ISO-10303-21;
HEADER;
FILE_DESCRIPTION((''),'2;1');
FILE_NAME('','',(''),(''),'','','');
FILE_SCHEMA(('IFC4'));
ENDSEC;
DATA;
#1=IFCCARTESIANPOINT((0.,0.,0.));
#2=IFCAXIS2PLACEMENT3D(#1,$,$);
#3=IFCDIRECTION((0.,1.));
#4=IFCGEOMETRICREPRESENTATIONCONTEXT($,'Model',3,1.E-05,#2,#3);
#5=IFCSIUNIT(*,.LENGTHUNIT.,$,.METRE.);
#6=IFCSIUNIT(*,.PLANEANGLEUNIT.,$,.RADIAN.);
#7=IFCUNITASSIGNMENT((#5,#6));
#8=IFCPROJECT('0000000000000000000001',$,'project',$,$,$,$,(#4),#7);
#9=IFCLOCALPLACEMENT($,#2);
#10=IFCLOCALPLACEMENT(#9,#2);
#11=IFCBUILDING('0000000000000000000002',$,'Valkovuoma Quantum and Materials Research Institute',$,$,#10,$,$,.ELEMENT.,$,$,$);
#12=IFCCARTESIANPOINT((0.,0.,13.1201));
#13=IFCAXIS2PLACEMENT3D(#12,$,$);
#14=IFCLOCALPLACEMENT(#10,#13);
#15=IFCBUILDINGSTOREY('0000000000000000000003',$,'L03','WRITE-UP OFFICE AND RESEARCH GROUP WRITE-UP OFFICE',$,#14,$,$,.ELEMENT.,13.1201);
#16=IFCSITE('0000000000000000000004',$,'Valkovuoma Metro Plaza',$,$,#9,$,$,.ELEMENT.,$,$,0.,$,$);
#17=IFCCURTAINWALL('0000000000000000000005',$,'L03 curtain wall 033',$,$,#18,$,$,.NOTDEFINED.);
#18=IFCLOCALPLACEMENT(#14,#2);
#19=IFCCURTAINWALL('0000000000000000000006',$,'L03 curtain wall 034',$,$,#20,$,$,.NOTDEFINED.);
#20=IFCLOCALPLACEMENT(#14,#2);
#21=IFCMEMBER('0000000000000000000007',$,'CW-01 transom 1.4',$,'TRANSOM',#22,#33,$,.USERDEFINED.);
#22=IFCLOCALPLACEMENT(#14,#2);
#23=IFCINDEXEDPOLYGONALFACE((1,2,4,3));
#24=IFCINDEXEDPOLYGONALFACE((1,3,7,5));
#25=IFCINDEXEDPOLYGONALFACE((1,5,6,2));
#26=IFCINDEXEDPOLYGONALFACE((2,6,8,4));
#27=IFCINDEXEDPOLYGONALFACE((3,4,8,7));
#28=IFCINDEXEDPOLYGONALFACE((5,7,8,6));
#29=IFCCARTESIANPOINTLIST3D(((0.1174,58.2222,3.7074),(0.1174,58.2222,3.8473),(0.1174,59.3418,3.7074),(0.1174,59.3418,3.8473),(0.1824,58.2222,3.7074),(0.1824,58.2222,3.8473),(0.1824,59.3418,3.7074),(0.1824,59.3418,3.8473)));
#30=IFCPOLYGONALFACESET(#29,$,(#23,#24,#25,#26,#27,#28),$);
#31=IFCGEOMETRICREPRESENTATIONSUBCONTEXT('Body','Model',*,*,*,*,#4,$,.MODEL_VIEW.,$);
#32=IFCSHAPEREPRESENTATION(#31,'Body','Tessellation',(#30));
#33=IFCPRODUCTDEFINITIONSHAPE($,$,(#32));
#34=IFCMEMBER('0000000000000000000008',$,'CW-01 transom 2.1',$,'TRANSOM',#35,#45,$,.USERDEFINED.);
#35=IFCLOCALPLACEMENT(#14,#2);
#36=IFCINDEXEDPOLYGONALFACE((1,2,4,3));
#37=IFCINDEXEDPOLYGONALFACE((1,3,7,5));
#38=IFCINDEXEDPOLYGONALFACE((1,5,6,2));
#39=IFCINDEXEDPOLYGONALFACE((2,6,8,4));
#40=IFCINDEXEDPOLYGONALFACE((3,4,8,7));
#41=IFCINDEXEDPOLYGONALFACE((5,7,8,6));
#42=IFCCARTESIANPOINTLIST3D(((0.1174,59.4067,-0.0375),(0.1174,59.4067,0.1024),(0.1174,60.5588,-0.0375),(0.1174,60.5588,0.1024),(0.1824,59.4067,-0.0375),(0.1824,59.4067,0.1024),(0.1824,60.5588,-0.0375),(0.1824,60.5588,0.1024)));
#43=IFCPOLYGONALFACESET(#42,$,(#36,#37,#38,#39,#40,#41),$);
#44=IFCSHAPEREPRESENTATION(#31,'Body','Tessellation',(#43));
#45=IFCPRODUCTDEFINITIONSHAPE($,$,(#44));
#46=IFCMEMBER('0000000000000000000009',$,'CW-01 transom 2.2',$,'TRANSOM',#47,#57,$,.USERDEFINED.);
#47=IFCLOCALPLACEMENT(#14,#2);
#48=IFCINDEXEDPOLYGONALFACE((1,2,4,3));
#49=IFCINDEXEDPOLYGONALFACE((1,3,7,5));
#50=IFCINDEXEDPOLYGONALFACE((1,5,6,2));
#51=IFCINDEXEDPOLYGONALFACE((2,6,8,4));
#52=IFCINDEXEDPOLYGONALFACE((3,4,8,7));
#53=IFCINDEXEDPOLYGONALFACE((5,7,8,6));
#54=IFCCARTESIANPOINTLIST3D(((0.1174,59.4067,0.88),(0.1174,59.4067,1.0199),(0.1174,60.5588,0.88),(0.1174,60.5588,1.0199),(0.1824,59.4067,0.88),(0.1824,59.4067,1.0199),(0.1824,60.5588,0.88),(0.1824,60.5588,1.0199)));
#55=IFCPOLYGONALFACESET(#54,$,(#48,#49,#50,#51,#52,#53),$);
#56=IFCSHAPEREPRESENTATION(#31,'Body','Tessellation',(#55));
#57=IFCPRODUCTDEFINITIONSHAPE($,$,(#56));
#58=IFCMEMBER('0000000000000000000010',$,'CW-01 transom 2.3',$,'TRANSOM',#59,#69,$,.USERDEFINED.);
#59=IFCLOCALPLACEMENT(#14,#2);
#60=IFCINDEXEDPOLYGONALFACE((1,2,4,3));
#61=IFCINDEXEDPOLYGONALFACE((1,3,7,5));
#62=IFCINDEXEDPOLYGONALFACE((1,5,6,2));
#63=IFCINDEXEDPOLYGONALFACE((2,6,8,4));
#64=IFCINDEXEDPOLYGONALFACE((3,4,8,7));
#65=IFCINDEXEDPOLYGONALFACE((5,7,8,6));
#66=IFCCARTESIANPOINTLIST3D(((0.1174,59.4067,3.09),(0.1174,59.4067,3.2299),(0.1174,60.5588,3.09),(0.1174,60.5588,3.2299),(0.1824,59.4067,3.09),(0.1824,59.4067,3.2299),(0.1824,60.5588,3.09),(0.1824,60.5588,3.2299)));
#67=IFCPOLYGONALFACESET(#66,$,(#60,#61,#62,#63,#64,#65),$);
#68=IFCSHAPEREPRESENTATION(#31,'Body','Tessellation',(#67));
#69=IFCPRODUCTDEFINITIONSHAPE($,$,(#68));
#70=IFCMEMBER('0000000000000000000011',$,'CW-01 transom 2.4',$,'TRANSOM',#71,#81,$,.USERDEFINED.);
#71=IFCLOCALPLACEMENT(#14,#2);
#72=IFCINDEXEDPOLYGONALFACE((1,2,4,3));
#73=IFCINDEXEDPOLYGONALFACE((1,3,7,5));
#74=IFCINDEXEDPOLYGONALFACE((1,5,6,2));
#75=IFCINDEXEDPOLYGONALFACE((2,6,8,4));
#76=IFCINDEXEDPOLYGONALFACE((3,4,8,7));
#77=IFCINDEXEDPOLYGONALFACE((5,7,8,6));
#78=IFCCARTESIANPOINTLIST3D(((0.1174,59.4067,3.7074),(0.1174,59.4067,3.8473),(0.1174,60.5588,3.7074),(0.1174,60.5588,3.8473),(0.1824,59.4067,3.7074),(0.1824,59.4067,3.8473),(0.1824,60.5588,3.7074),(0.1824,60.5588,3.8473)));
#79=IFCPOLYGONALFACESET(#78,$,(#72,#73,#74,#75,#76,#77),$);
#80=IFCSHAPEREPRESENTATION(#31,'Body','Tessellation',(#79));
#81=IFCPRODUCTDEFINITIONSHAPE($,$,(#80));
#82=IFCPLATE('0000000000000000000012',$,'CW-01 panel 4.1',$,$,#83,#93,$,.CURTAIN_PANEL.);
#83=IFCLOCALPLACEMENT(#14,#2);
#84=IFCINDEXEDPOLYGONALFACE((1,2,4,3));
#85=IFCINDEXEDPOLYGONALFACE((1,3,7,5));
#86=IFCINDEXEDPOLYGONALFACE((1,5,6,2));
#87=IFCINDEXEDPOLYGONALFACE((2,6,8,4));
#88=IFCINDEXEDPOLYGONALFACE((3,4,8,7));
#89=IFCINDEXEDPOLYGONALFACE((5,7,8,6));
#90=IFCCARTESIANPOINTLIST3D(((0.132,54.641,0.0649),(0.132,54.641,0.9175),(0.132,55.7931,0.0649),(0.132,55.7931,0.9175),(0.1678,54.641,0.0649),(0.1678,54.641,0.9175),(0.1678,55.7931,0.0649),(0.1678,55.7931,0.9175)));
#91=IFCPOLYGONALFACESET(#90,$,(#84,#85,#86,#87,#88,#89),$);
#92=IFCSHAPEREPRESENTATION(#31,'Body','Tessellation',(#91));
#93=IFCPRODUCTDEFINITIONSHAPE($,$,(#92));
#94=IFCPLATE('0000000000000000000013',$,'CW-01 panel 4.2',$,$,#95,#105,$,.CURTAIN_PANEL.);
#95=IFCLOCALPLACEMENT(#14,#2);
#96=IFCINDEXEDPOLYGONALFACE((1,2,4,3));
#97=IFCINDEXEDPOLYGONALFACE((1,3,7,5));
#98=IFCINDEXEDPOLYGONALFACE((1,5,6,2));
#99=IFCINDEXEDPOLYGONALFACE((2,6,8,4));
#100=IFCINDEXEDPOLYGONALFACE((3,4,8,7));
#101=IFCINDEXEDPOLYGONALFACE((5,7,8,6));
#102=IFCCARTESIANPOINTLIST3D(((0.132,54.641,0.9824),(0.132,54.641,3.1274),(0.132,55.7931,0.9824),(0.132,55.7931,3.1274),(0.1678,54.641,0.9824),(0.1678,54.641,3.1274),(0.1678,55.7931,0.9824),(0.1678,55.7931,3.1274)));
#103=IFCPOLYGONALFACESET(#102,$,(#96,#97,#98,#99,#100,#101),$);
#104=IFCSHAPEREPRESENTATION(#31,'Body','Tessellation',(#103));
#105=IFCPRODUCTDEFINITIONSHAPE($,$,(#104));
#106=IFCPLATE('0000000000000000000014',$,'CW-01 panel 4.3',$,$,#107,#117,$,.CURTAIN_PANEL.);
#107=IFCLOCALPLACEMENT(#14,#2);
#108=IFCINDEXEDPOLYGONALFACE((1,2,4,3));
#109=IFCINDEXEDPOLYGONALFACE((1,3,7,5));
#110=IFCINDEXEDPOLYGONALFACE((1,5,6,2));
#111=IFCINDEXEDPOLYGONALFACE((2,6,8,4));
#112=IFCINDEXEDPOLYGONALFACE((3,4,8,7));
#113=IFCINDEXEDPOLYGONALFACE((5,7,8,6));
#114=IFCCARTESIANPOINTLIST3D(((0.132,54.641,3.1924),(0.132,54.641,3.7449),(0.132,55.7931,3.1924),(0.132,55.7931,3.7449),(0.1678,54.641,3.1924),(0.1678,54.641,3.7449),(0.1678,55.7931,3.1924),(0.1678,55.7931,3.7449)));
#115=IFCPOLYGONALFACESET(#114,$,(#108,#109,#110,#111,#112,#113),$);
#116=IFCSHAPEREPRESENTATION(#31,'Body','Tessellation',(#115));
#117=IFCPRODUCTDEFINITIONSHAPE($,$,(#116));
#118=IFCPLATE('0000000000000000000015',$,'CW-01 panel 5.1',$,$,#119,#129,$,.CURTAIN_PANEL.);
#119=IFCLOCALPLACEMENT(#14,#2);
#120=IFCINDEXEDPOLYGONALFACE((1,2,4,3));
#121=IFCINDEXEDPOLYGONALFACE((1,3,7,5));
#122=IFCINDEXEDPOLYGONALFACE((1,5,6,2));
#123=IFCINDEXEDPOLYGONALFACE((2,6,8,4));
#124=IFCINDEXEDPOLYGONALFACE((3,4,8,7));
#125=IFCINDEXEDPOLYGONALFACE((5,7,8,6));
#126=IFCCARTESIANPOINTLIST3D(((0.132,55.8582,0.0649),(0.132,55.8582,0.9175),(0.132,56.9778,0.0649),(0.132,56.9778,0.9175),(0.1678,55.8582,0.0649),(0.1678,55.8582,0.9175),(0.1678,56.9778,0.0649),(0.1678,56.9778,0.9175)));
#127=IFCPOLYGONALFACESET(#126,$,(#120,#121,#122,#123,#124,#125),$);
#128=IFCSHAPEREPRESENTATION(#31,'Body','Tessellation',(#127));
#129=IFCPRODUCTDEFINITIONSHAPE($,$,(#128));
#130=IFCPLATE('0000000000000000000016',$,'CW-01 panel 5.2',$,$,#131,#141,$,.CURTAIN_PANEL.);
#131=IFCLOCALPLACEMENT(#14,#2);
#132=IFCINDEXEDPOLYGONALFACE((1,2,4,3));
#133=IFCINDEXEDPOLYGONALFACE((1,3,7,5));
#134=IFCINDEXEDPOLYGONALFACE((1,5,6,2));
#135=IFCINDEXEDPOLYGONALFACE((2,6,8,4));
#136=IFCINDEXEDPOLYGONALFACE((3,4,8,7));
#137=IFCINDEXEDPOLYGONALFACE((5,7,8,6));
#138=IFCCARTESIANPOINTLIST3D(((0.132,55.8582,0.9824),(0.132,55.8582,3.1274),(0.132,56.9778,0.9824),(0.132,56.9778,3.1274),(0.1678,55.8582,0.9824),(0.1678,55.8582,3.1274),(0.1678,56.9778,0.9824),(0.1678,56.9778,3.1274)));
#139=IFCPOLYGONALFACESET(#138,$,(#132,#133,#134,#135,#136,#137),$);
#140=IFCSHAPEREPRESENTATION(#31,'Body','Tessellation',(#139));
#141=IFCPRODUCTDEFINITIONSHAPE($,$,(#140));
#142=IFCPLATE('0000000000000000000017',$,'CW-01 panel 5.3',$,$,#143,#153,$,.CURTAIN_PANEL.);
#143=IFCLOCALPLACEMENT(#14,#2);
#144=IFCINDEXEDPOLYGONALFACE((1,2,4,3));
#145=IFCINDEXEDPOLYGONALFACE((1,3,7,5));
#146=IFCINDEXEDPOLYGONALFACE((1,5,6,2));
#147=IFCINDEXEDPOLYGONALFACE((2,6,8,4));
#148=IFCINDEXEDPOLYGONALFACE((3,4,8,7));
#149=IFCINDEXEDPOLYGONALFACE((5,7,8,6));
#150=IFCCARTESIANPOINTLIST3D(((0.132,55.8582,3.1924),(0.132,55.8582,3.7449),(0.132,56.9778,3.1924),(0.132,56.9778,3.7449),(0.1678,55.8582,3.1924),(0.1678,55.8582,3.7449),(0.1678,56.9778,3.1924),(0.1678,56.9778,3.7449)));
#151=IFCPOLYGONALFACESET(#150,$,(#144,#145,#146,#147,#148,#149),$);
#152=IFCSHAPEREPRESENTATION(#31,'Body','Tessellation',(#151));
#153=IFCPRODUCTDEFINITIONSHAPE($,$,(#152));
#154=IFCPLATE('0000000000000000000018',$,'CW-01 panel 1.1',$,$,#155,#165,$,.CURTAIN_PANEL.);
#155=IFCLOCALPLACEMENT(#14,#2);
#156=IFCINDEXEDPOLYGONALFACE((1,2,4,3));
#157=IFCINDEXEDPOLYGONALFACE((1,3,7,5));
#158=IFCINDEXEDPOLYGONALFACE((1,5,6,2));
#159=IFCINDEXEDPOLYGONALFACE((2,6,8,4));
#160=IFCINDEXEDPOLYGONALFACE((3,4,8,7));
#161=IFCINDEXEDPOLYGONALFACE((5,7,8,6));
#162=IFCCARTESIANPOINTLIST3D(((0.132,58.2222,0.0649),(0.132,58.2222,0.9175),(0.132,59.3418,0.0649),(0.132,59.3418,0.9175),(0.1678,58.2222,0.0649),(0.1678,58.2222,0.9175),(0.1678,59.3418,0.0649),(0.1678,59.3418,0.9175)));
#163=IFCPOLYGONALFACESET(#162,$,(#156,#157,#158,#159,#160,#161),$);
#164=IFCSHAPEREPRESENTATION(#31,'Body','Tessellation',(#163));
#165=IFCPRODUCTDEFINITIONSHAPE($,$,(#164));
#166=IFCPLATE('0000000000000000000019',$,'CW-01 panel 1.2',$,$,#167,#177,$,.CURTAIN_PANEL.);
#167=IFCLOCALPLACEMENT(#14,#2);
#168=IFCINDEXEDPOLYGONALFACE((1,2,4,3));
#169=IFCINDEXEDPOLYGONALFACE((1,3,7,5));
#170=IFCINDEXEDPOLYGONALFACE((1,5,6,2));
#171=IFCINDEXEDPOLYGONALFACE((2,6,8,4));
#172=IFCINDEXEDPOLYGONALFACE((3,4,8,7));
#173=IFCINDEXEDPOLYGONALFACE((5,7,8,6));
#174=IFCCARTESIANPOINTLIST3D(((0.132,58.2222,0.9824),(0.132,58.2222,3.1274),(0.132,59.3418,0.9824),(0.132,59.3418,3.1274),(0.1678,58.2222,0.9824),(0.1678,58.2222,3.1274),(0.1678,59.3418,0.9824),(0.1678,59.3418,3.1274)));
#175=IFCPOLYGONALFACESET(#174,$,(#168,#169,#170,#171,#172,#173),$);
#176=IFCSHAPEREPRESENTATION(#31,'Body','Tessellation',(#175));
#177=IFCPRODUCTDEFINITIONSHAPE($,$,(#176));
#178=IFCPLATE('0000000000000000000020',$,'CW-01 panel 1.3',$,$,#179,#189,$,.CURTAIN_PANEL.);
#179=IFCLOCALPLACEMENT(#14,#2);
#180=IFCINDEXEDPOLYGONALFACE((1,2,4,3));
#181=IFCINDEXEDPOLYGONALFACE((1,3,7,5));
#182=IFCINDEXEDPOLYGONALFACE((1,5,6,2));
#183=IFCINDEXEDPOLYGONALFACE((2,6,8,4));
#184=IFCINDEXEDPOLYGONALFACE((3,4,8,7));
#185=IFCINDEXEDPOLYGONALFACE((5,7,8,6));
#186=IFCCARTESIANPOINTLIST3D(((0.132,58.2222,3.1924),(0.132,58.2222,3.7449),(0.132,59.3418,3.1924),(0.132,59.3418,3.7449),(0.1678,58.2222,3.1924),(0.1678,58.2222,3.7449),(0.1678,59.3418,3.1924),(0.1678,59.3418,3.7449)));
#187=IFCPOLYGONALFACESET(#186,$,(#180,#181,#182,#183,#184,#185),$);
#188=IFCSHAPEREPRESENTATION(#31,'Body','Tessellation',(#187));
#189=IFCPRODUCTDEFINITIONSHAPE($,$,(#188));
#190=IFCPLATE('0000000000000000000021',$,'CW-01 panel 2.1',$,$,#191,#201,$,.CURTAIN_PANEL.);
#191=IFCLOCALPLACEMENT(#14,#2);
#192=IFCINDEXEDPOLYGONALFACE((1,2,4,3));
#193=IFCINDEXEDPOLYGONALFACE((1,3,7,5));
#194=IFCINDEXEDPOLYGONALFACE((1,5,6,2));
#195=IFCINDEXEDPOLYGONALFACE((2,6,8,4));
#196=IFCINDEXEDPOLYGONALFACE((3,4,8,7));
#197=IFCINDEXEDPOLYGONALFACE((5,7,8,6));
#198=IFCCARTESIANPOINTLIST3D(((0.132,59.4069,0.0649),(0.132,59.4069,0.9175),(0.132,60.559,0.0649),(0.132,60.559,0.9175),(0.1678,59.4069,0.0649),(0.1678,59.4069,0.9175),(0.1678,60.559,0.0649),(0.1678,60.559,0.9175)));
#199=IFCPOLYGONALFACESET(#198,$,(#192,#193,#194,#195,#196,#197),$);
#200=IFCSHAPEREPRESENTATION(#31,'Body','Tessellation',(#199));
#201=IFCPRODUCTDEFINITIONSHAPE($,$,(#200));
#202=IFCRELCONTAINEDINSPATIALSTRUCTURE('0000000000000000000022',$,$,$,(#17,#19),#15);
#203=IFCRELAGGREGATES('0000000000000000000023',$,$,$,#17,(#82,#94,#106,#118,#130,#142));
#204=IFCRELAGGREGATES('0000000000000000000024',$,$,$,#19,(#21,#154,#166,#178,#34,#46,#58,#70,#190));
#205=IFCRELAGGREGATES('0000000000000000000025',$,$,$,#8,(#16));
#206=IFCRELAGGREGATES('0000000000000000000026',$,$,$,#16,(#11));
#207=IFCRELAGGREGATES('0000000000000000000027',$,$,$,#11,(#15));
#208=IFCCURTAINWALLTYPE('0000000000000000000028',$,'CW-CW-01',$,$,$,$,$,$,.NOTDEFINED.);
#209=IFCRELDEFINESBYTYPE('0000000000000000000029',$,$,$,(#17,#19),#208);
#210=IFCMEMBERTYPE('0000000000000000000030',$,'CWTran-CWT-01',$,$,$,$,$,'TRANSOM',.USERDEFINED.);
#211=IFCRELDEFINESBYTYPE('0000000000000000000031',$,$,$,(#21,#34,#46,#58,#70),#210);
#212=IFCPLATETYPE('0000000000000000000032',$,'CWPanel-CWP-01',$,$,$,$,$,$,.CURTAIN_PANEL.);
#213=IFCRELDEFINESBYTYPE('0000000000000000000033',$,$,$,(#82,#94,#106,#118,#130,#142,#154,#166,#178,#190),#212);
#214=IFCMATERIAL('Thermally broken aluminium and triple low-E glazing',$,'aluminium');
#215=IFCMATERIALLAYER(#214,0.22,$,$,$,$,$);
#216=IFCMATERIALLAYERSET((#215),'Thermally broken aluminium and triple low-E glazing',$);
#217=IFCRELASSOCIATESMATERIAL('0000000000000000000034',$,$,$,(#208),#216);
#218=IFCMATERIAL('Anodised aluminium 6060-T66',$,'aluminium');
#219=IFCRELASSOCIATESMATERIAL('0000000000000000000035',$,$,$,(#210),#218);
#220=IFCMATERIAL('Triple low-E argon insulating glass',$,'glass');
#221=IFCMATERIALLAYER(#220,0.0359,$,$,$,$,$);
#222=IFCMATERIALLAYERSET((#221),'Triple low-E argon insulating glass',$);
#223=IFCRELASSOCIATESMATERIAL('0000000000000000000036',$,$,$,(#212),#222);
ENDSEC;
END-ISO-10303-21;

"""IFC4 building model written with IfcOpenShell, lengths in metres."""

from ifc_helpers import new_model, si_unit, direction, frame, origin, origin_2d, place, context, subcontext, project, spatial, rectangle, extrude, material, layer, layer_set, material_profile, profile_set, type_object, element, aggregate, save


model = new_model("IFC4")

# Units and contexts
model_context = context("Model", 3, precision=1e-05, world=origin(), true_north=direction((0.0, 1.0)))
body_context = subcontext(model_context, "Body", "Model", "MODEL_VIEW")
ifc_project = project(units=[si_unit("LENGTHUNIT", "METRE"), si_unit("PLANEANGLEUNIT", "RADIAN")], contexts=[model_context])

# Site, building, storey
site_placement = place(None, origin())
site = spatial("IfcSite", under=ifc_project, at=site_placement, Name="Valkovuoma Metro Plaza", CompositionType="ELEMENT", RefElevation=0.0)
building_placement = place(site_placement, origin())
building = spatial("IfcBuilding", under=site, at=building_placement, Name="Valkovuoma Quantum and Materials Research Institute", CompositionType="ELEMENT")
storey_placement = place(building_placement, frame((0.0, 0.0, 13.1201)))
storey = spatial("IfcBuildingStorey", under=building, at=storey_placement, Name="L03", Description="WRITE-UP OFFICE AND RESEARCH GROUP WRITE-UP OFFICE", CompositionType="ELEMENT", Elevation=13.1201)

# Curtain walls
ifc_material_1 = material(Name="Thermally broken aluminium and triple low-E glazing", Category="aluminium")
ifc_layer_1 = layer(ifc_material_1, 0.22)
ifc_layer_set_1 = layer_set([ifc_layer_1], Name="Thermally broken aluminium and triple low-E glazing")
curtain_wall_type = type_object("IfcCurtainWallType", Name="CW-CW-01", PredefinedType="NOTDEFINED", material=ifc_layer_set_1)
curtain_wall_1_placement = place(storey_placement, origin())
curtain_wall_1 = element("IfcCurtainWall", 1, at=curtain_wall_1_placement, inside=storey, type_object=curtain_wall_type, Name="L03 curtain wall 033", PredefinedType="NOTDEFINED")
curtain_wall_2_placement = place(storey_placement, origin())
curtain_wall_2 = element("IfcCurtainWall", 2, at=curtain_wall_2_placement, inside=storey, type_object=curtain_wall_type, Name="L03 curtain wall 034", PredefinedType="NOTDEFINED")

# Members
ifc_material_2 = material(Name="Anodised aluminium 6060-T66", Category="aluminium")
ifc_material_profile_1 = material_profile(ifc_material_2, rectangle(XDim=0.0649, YDim=0.1399, at=origin_2d()), Name="Anodised aluminium 6060-T66")
ifc_profile_set_1 = profile_set([ifc_material_profile_1], Name="Anodised aluminium 6060-T66")
member_type_1 = type_object("IfcMemberType", Name="CWTran-CWT-01", ElementType="TRANSOM", PredefinedType="USERDEFINED", material=ifc_profile_set_1)
member_1_placement = place(storey_placement, frame((0.1499, 58.2222, 3.7773), z_axis=(0.0, 1.0, 0.0), x_axis=(-1.0, 0.0, 0.0)))
member_1 = element("IfcMember", 3, at=member_1_placement, type_object=member_type_1, Name="CW-01 transom 1.4", ObjectType="TRANSOM", PredefinedType="USERDEFINED", context=body_context, shape_type="SweptSolid", body=[
    extrude(rectangle(XDim=0.0649, YDim=0.1399, at=origin_2d()), origin(), (0.0, 0.0, 1.0), 1.1196),
])
member_2_placement = place(storey_placement, frame((0.1499, 59.4067, 0.0325), z_axis=(0.0, 1.0, 0.0), x_axis=(-1.0, 0.0, 0.0)))
member_2 = element("IfcMember", 4, at=member_2_placement, type_object=member_type_1, Name="CW-01 transom 2.1", ObjectType="TRANSOM", PredefinedType="USERDEFINED", context=body_context, shape_type="SweptSolid", body=[
    extrude(rectangle(XDim=0.0649, YDim=0.1399, at=origin_2d()), origin(), (0.0, 0.0, 1.0), 1.1521),
])
member_3_placement = place(storey_placement, frame((0.1499, 59.4067, 0.95), z_axis=(0.0, 1.0, 0.0), x_axis=(-1.0, 0.0, 0.0)))
member_3 = element("IfcMember", 5, at=member_3_placement, type_object=member_type_1, Name="CW-01 transom 2.2", ObjectType="TRANSOM", PredefinedType="USERDEFINED", context=body_context, shape_type="SweptSolid", body=[
    extrude(rectangle(XDim=0.0649, YDim=0.1399, at=origin_2d()), origin(), (0.0, 0.0, 1.0), 1.1521),
])
member_4_placement = place(storey_placement, frame((0.1499, 59.4067, 3.1599), z_axis=(0.0, 1.0, 0.0), x_axis=(-1.0, 0.0, 0.0)))
member_4 = element("IfcMember", 6, at=member_4_placement, type_object=member_type_1, Name="CW-01 transom 2.3", ObjectType="TRANSOM", PredefinedType="USERDEFINED", context=body_context, shape_type="SweptSolid", body=[
    extrude(rectangle(XDim=0.0649, YDim=0.1399, at=origin_2d()), origin(), (0.0, 0.0, 1.0), 1.1521),
])
member_5_placement = place(storey_placement, frame((0.1499, 59.4067, 3.7773), z_axis=(0.0, 1.0, 0.0), x_axis=(-1.0, 0.0, 0.0)))
member_5 = element("IfcMember", 7, at=member_5_placement, type_object=member_type_1, Name="CW-01 transom 2.4", ObjectType="TRANSOM", PredefinedType="USERDEFINED", context=body_context, shape_type="SweptSolid", body=[
    extrude(rectangle(XDim=0.0649, YDim=0.1399, at=origin_2d()), origin(), (0.0, 0.0, 1.0), 1.1521),
])

# Plates
ifc_material_3 = material(Name="Triple low-E argon insulating glass", Category="glass")
ifc_layer_2 = layer(ifc_material_3, 0.0359)
ifc_layer_set_2 = layer_set([ifc_layer_2], Name="Triple low-E argon insulating glass")
plate_type = type_object("IfcPlateType", Name="CWPanel-CWP-01", PredefinedType="CURTAIN_PANEL", material=ifc_layer_set_2)
plate_1_placement = place(storey_placement, frame((0.1499, 55.217, 0.0649), z_axis=(0.0, 0.0, 1.0), x_axis=(0.0, 1.0, 0.0)))
plate_1 = element("IfcPlate", 8, at=plate_1_placement, type_object=plate_type, Name="CW-01 panel 4.1", PredefinedType="CURTAIN_PANEL", context=body_context, shape_type="SweptSolid", body=[
    extrude(rectangle(XDim=1.1521, YDim=0.0359, at=origin_2d()), origin(), (0.0, 0.0, 1.0), 0.8525),
])
plate_2_placement = place(storey_placement, frame((0.1499, 55.217, 0.9824), z_axis=(0.0, 0.0, 1.0), x_axis=(0.0, 1.0, 0.0)))
plate_2 = element("IfcPlate", 9, at=plate_2_placement, type_object=plate_type, Name="CW-01 panel 4.2", PredefinedType="CURTAIN_PANEL", context=body_context, shape_type="SweptSolid", body=[
    extrude(rectangle(XDim=1.1521, YDim=0.0359, at=origin_2d()), origin(), (0.0, 0.0, 1.0), 2.145),
])
plate_3_placement = place(storey_placement, frame((0.1499, 55.217, 3.1924), z_axis=(0.0, 0.0, 1.0), x_axis=(0.0, 1.0, 0.0)))
plate_3 = element("IfcPlate", 10, at=plate_3_placement, type_object=plate_type, Name="CW-01 panel 4.3", PredefinedType="CURTAIN_PANEL", context=body_context, shape_type="SweptSolid", body=[
    extrude(rectangle(XDim=1.1521, YDim=0.0359, at=origin_2d()), origin(), (0.0, 0.0, 1.0), 0.5525),
])
plate_4_placement = place(storey_placement, frame((0.1499, 56.418, 0.0649), z_axis=(0.0, 0.0, 1.0), x_axis=(0.0, 1.0, 0.0)))
plate_4 = element("IfcPlate", 11, at=plate_4_placement, type_object=plate_type, Name="CW-01 panel 5.1", PredefinedType="CURTAIN_PANEL", context=body_context, shape_type="SweptSolid", body=[
    extrude(rectangle(XDim=1.1196, YDim=0.0359, at=origin_2d()), origin(), (0.0, 0.0, 1.0), 0.8525),
])
plate_5_placement = place(storey_placement, frame((0.1499, 56.418, 0.9824), z_axis=(0.0, 0.0, 1.0), x_axis=(0.0, 1.0, 0.0)))
plate_5 = element("IfcPlate", 12, at=plate_5_placement, type_object=plate_type, Name="CW-01 panel 5.2", PredefinedType="CURTAIN_PANEL", context=body_context, shape_type="SweptSolid", body=[
    extrude(rectangle(XDim=1.1196, YDim=0.0359, at=origin_2d()), origin(), (0.0, 0.0, 1.0), 2.145),
])
plate_6_placement = place(storey_placement, frame((0.1499, 56.418, 3.1924), z_axis=(0.0, 0.0, 1.0), x_axis=(0.0, 1.0, 0.0)))
plate_6 = element("IfcPlate", 13, at=plate_6_placement, type_object=plate_type, Name="CW-01 panel 5.3", PredefinedType="CURTAIN_PANEL", context=body_context, shape_type="SweptSolid", body=[
    extrude(rectangle(XDim=1.1196, YDim=0.0359, at=origin_2d()), origin(), (0.0, 0.0, 1.0), 0.5525),
])
aggregate(curtain_wall_1, [plate_1, plate_2, plate_3, plate_4, plate_5, plate_6])
plate_7_placement = place(storey_placement, frame((0.1499, 58.782, 0.0649), z_axis=(0.0, 0.0, 1.0), x_axis=(0.0, 1.0, 0.0)))
plate_7 = element("IfcPlate", 14, at=plate_7_placement, type_object=plate_type, Name="CW-01 panel 1.1", PredefinedType="CURTAIN_PANEL", context=body_context, shape_type="SweptSolid", body=[
    extrude(rectangle(XDim=1.1196, YDim=0.0359, at=origin_2d()), origin(), (0.0, 0.0, 1.0), 0.8525),
])
plate_8_placement = place(storey_placement, frame((0.1499, 58.782, 0.9824), z_axis=(0.0, 0.0, 1.0), x_axis=(0.0, 1.0, 0.0)))
plate_8 = element("IfcPlate", 15, at=plate_8_placement, type_object=plate_type, Name="CW-01 panel 1.2", PredefinedType="CURTAIN_PANEL", context=body_context, shape_type="SweptSolid", body=[
    extrude(rectangle(XDim=1.1196, YDim=0.0359, at=origin_2d()), origin(), (0.0, 0.0, 1.0), 2.145),
])
plate_9_placement = place(storey_placement, frame((0.1499, 58.782, 3.1924), z_axis=(0.0, 0.0, 1.0), x_axis=(0.0, 1.0, 0.0)))
plate_9 = element("IfcPlate", 16, at=plate_9_placement, type_object=plate_type, Name="CW-01 panel 1.3", PredefinedType="CURTAIN_PANEL", context=body_context, shape_type="SweptSolid", body=[
    extrude(rectangle(XDim=1.1196, YDim=0.0359, at=origin_2d()), origin(), (0.0, 0.0, 1.0), 0.5525),
])
plate_10_placement = place(storey_placement, frame((0.1499, 59.9829, 0.0649), z_axis=(0.0, 0.0, 1.0), x_axis=(0.0, 1.0, 0.0)))
plate_10 = element("IfcPlate", 17, at=plate_10_placement, type_object=plate_type, Name="CW-01 panel 2.1", PredefinedType="CURTAIN_PANEL", context=body_context, shape_type="SweptSolid", body=[
    extrude(rectangle(XDim=1.1521, YDim=0.0359, at=origin_2d()), origin(), (0.0, 0.0, 1.0), 0.8525),
])
aggregate(curtain_wall_2, [member_1, plate_7, plate_8, plate_9, member_2, member_3, member_4, member_5, plate_10])

save(model, "model.ifc")
